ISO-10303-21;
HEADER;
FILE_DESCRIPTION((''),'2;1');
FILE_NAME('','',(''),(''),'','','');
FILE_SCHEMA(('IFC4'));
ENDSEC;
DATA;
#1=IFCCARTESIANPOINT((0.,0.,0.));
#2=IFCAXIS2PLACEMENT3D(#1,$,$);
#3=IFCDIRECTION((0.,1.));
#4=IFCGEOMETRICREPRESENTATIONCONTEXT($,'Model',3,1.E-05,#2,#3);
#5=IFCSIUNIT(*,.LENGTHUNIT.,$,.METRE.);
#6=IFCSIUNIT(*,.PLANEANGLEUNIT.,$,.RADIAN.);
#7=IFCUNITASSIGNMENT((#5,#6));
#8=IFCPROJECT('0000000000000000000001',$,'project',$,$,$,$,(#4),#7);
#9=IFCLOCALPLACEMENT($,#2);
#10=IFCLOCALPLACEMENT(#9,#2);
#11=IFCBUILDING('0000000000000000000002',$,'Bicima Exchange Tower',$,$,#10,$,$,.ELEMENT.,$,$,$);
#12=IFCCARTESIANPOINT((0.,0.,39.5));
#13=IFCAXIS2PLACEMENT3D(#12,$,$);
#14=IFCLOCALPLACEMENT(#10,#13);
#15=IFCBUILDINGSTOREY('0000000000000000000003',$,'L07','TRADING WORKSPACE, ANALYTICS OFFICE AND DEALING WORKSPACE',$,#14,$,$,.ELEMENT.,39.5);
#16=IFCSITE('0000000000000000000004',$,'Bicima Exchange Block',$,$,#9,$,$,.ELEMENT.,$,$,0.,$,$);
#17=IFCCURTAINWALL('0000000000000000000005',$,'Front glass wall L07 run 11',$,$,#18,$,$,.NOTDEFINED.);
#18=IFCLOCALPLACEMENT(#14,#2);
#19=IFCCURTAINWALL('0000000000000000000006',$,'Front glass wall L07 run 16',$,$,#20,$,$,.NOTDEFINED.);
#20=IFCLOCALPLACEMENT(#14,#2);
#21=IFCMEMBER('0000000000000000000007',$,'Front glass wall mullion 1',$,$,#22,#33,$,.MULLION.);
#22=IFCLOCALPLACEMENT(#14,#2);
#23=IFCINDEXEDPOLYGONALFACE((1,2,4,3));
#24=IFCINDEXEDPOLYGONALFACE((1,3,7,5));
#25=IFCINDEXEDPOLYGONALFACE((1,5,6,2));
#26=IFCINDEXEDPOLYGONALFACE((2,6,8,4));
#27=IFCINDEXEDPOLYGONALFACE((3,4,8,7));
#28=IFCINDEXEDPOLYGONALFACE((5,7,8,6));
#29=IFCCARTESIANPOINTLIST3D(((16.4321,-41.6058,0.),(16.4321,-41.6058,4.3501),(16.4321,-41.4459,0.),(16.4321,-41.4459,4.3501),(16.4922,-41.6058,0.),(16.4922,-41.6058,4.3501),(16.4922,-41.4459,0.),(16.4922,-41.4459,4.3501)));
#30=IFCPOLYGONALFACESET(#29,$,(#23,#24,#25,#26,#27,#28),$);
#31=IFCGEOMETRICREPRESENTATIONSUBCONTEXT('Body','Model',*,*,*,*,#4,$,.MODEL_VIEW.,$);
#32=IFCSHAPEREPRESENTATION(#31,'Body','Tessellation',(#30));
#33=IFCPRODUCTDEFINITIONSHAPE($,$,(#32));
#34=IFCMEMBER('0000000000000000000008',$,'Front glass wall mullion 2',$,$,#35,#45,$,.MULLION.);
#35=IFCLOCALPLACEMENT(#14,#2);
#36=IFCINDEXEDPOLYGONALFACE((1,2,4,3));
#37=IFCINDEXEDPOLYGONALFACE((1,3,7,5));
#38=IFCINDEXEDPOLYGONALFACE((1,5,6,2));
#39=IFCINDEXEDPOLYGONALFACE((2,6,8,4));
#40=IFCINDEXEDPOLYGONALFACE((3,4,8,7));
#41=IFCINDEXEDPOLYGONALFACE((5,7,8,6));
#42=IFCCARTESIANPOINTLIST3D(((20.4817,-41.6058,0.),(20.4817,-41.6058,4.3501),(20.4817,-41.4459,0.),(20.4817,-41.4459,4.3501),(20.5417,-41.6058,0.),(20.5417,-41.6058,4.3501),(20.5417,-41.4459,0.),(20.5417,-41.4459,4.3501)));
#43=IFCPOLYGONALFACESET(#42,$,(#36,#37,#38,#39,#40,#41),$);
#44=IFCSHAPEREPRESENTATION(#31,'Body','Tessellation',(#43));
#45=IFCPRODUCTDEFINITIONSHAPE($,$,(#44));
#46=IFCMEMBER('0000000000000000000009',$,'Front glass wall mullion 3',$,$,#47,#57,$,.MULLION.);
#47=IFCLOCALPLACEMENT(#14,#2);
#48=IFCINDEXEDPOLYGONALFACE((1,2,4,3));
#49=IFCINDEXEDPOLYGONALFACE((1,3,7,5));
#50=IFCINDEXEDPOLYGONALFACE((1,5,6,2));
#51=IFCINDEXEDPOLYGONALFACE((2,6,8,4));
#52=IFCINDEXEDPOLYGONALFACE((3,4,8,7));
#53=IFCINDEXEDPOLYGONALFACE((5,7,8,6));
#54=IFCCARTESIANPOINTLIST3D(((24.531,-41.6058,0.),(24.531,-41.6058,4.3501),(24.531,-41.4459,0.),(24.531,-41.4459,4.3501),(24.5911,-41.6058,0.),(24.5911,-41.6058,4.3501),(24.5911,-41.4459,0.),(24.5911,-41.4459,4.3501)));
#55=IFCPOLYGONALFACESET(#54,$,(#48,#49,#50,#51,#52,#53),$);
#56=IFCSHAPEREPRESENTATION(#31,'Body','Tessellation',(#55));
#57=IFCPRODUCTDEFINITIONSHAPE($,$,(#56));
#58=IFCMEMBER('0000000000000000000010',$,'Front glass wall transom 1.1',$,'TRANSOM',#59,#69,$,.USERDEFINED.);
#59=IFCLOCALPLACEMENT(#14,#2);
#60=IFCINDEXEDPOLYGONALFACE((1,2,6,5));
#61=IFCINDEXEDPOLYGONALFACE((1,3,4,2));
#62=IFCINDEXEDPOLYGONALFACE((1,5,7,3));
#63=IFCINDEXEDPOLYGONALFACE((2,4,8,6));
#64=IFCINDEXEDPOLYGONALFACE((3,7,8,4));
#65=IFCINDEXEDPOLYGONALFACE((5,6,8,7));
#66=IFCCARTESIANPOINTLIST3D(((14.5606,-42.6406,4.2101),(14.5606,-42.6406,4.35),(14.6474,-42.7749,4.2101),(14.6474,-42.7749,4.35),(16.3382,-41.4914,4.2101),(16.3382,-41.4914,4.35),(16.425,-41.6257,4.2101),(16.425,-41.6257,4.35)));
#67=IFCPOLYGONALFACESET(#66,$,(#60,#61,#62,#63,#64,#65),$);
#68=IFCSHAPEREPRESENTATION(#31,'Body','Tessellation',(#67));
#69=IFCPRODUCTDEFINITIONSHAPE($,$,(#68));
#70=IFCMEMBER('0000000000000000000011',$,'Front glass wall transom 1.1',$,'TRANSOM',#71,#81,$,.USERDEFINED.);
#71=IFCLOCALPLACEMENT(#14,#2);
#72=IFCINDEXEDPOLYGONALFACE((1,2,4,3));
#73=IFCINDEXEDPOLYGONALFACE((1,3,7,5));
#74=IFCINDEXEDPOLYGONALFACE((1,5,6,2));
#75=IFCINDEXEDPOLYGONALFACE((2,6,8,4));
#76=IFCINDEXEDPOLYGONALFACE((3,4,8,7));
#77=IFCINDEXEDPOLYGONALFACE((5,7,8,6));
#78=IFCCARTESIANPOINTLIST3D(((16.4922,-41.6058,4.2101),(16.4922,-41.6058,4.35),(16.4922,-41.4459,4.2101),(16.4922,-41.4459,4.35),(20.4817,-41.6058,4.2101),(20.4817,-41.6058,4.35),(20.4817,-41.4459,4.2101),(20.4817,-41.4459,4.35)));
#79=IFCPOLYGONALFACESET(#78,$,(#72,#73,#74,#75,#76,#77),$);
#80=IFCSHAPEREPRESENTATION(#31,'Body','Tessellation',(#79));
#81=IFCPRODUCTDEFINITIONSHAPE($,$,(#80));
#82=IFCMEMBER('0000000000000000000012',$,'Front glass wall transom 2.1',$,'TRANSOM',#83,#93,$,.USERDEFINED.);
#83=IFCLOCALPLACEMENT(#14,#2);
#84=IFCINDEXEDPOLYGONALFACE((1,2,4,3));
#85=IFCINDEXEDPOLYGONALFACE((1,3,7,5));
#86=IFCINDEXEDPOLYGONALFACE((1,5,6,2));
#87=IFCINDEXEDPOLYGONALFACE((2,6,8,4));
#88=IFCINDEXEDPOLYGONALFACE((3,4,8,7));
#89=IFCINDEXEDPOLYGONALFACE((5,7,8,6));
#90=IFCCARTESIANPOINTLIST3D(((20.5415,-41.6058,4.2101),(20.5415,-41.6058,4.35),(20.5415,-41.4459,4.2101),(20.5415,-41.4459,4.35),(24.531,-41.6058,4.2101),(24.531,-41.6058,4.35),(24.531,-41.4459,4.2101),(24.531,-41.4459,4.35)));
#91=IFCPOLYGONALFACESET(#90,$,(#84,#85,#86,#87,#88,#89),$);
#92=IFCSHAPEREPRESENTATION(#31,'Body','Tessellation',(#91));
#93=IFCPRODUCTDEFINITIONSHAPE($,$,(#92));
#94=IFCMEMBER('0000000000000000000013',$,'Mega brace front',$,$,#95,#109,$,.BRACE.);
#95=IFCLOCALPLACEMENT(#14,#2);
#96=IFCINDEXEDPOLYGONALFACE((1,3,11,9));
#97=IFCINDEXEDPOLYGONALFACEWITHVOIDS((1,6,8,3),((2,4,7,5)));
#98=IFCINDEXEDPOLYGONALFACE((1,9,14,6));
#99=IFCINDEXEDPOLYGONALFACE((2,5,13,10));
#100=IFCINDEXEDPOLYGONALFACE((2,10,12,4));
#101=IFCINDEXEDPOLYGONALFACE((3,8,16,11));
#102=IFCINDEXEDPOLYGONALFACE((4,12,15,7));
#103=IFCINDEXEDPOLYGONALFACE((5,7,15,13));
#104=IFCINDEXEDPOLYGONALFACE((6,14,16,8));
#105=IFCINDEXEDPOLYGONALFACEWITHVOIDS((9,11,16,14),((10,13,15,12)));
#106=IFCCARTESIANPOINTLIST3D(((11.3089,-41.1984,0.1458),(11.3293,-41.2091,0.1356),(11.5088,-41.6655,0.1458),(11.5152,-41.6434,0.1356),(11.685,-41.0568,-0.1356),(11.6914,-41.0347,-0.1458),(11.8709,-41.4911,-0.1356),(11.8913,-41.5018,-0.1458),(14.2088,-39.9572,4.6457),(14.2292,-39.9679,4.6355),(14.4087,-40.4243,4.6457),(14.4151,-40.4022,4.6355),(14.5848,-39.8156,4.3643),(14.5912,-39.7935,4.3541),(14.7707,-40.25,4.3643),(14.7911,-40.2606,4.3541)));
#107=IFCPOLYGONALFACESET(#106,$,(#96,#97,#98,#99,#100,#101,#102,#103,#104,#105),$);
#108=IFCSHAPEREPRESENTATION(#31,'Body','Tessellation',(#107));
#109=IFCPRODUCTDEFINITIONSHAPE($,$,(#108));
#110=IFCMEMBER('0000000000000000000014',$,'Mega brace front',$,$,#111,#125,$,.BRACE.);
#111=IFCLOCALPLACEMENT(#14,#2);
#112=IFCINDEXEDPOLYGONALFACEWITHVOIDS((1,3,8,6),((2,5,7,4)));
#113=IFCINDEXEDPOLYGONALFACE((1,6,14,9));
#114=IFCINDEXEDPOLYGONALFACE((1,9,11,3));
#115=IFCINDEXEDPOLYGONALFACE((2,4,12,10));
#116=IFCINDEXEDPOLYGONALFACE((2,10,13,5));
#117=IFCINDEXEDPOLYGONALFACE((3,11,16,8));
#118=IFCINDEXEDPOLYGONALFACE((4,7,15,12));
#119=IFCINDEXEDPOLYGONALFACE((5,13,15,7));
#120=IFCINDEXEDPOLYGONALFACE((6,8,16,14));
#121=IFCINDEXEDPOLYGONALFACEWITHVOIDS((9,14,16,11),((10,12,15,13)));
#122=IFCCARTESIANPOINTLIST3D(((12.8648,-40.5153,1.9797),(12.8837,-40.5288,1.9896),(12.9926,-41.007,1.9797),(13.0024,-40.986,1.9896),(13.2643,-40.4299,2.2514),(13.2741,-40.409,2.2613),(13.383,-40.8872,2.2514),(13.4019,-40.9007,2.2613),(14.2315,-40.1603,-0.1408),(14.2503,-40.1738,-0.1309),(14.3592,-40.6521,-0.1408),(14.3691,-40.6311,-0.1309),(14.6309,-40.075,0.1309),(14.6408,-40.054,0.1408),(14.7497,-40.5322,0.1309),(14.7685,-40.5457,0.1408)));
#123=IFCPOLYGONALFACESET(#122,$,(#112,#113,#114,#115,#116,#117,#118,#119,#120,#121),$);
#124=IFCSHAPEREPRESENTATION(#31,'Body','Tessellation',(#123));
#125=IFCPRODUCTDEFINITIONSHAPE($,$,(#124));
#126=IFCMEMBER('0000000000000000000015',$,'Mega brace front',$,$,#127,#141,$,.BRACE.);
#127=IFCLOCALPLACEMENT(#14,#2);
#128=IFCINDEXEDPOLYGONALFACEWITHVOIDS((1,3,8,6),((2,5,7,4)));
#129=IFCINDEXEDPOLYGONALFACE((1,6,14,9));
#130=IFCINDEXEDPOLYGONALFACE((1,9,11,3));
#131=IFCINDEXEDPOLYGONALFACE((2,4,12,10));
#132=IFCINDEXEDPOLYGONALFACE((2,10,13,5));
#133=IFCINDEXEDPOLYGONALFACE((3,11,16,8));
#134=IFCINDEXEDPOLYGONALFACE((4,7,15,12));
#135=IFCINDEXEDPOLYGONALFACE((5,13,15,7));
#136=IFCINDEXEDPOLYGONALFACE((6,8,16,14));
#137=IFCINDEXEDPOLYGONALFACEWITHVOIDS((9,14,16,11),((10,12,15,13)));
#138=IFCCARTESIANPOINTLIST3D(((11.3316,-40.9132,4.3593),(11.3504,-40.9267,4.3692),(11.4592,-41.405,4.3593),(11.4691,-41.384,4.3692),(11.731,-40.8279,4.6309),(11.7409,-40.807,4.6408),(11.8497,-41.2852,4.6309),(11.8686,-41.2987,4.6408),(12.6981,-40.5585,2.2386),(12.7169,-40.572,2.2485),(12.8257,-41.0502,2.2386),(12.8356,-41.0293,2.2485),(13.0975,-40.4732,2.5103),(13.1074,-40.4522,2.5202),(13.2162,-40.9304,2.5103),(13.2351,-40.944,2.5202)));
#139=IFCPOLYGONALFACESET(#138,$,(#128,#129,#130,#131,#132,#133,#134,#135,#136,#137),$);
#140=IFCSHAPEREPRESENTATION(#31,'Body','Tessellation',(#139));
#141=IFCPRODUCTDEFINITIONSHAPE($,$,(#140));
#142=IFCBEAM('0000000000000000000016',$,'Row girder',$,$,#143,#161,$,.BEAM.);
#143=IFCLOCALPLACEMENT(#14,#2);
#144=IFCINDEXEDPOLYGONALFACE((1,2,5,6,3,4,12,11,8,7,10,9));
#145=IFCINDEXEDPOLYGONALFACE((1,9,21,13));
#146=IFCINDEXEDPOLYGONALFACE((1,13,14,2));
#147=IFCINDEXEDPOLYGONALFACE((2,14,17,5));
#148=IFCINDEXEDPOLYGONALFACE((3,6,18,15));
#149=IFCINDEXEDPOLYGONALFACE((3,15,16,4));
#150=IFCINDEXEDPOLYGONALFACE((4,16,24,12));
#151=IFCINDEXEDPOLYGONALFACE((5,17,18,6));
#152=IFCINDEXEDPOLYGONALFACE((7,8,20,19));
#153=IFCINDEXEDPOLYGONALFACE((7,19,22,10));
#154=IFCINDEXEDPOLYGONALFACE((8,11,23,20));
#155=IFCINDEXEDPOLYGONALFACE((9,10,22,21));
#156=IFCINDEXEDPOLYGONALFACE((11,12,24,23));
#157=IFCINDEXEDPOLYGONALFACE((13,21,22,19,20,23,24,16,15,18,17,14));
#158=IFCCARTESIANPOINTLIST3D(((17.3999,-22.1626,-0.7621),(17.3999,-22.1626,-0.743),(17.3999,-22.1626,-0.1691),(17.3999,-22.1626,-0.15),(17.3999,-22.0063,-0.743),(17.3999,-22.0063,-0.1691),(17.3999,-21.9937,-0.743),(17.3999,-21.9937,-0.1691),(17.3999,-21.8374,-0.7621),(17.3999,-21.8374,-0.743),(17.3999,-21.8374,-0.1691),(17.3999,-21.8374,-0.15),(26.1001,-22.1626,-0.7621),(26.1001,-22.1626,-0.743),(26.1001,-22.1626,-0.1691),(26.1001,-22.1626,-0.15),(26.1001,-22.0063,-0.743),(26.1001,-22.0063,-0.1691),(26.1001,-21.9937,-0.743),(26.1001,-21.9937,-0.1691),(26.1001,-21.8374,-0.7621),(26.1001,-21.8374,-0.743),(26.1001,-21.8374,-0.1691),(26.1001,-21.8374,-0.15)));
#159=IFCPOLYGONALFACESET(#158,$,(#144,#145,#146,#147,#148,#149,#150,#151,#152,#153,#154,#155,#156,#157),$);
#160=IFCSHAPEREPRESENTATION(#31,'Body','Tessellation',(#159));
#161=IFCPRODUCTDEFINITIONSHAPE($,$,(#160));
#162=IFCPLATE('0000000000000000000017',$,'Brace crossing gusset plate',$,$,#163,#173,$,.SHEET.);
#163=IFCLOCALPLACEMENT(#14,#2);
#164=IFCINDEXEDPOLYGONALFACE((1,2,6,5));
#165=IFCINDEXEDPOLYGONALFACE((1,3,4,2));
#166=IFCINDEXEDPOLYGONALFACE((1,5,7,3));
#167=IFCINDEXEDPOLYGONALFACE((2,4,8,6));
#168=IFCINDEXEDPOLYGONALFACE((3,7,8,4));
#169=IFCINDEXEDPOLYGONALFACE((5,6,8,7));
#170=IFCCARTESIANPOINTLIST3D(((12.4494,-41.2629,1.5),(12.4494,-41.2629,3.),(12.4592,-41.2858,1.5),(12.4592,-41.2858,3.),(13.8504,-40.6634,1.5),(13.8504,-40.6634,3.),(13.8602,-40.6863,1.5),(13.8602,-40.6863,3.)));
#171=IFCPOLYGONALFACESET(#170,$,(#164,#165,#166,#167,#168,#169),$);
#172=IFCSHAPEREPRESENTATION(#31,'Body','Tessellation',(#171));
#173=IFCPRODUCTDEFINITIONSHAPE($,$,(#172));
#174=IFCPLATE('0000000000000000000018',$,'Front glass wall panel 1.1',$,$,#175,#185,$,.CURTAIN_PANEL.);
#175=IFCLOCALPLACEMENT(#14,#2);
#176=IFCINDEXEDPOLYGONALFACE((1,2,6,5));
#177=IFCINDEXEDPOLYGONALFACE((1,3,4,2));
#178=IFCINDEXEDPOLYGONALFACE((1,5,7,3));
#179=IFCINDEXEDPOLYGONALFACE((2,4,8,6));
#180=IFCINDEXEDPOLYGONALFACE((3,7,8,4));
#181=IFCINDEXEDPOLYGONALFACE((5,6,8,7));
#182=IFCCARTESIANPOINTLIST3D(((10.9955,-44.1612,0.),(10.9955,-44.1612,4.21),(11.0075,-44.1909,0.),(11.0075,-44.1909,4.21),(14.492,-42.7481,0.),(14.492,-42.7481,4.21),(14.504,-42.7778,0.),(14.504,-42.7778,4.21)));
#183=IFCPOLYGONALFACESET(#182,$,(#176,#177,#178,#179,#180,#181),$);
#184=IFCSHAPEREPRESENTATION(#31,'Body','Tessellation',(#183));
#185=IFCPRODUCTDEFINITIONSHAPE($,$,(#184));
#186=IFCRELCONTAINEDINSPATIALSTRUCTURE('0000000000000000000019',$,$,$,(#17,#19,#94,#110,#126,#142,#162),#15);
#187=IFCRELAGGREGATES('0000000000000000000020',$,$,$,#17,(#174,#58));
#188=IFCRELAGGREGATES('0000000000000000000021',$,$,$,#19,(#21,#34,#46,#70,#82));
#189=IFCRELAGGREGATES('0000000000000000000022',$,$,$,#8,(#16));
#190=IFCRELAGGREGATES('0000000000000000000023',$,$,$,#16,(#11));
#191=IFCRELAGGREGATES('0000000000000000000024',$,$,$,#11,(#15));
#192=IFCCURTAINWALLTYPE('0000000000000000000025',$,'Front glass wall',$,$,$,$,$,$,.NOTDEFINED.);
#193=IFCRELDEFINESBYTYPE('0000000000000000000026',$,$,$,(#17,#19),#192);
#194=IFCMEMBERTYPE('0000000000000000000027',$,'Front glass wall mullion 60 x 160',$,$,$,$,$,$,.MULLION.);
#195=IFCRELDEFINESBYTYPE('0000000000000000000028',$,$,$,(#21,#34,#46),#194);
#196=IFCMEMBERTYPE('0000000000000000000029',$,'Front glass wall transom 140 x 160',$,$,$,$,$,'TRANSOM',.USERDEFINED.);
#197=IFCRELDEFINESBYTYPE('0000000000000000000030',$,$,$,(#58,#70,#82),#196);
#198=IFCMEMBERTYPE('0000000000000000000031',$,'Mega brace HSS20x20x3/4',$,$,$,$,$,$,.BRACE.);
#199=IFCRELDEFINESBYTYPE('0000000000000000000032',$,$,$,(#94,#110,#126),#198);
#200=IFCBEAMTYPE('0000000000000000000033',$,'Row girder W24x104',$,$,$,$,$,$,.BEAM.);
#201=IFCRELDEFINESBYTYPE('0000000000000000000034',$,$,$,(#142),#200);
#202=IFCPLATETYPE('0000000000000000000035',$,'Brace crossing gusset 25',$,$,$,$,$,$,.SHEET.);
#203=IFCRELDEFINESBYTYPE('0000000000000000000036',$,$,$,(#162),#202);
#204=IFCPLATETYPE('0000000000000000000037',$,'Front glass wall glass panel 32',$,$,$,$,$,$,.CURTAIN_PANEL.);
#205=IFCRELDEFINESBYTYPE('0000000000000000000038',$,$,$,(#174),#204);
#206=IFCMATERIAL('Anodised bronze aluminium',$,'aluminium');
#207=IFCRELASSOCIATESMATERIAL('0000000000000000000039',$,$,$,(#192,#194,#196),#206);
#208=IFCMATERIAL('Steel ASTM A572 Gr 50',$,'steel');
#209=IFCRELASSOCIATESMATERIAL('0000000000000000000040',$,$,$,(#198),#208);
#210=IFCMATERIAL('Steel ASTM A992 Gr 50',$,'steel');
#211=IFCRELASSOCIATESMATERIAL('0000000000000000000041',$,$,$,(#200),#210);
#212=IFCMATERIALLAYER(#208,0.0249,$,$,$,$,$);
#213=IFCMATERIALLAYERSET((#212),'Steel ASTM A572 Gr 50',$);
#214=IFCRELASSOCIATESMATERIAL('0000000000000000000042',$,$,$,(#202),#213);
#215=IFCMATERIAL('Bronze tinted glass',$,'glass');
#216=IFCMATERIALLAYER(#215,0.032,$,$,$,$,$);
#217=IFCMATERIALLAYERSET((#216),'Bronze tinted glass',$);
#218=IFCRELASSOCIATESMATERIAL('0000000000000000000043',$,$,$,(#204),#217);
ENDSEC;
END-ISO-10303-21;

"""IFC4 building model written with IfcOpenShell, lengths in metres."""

from ifc_helpers import new_model, si_unit, direction, frame, origin, origin_2d, place, context, subcontext, project, spatial, rectangle, hollow_rectangle, i_section, extrude, material, layer, layer_set, material_profile, profile_set, type_object, element, aggregate, save


model = new_model("IFC4")

# Units and contexts
model_context = context("Model", 3, precision=1e-05, world=origin(), true_north=direction((0.0, 1.0)))
body_context = subcontext(model_context, "Body", "Model", "MODEL_VIEW")
ifc_project = project(units=[si_unit("LENGTHUNIT", "METRE"), si_unit("PLANEANGLEUNIT", "RADIAN")], contexts=[model_context])

# Site, building, storey
site_placement = place(None, origin())
site = spatial("IfcSite", under=ifc_project, at=site_placement, Name="Bicima Exchange Block", CompositionType="ELEMENT", RefElevation=0.0)
building_placement = place(site_placement, origin())
building = spatial("IfcBuilding", under=site, at=building_placement, Name="Bicima Exchange Tower", CompositionType="ELEMENT")
storey_placement = place(building_placement, frame((0.0, 0.0, 39.5)))
storey = spatial("IfcBuildingStorey", under=building, at=storey_placement, Name="L07", Description="TRADING WORKSPACE, ANALYTICS OFFICE AND DEALING WORKSPACE", CompositionType="ELEMENT", Elevation=39.5)

# Shared definitions
ifc_material_1 = material(Name="Steel ASTM A992 Gr 50", Category="steel")

# Shared definitions
ifc_material_profile_1 = material_profile(ifc_material_1, i_section(OverallWidth=0.3252, OverallDepth=0.6121, WebThickness=0.0127, FlangeThickness=0.019, at=origin_2d()))
ifc_profile_set_1 = profile_set([ifc_material_profile_1], Name="Steel ASTM A992 Gr 50")

# Curtain walls, members
ifc_material_2 = material(Name="Anodised bronze aluminium", Category="aluminium")
curtain_wall_type = type_object("IfcCurtainWallType", Name="Front glass wall", PredefinedType="NOTDEFINED", material=ifc_material_2)
curtain_wall_1_placement = place(storey_placement, origin())
curtain_wall_1 = element("IfcCurtainWall", 1, at=curtain_wall_1_placement, inside=storey, type_object=curtain_wall_type, Name="Front glass wall L07 run 11", PredefinedType="NOTDEFINED")
ifc_material_profile_2 = material_profile(ifc_material_2, rectangle(XDim=0.1599, YDim=0.0601, at=origin_2d()))
ifc_profile_set_2 = profile_set([ifc_material_profile_2], Name="Anodised bronze aluminium")
member_type_1 = type_object("IfcMemberType", Name="Front glass wall mullion 60 x 160", PredefinedType="MULLION", material=ifc_profile_set_2)
curtain_wall_2_placement = place(storey_placement, origin())
curtain_wall_2 = element("IfcCurtainWall", 2, at=curtain_wall_2_placement, inside=storey, type_object=curtain_wall_type, Name="Front glass wall L07 run 16", PredefinedType="NOTDEFINED")
member_1_placement = place(storey_placement, frame((16.4622, -41.5259, 0.0), z_axis=(0.0, 0.0, 1.0), x_axis=(0.0, 1.0, 0.0)))
member_1 = element("IfcMember", 3, at=member_1_placement, type_object=member_type_1, Name="Front glass wall mullion 1", PredefinedType="MULLION", context=body_context, shape_type="SweptSolid", body=[
    extrude(rectangle(XDim=0.1599, YDim=0.0601, at=origin_2d()), origin(), (0.0, 0.0, 1.0), 4.3501),
])
member_2_placement = place(storey_placement, frame((20.5117, -41.5259, 0.0), z_axis=(0.0, 0.0, 1.0), x_axis=(0.0, 1.0, 0.0)))
member_2 = element("IfcMember", 4, at=member_2_placement, type_object=member_type_1, Name="Front glass wall mullion 2", PredefinedType="MULLION", context=body_context, shape_type="SweptSolid", body=[
    extrude(rectangle(XDim=0.1599, YDim=0.0601, at=origin_2d()), origin(), (0.0, 0.0, 1.0), 4.3501),
])
member_3_placement = place(storey_placement, frame((24.561, -41.5259, 0.0), z_axis=(0.0, 0.0, 1.0), x_axis=(0.0, 1.0, 0.0)))
member_3 = element("IfcMember", 5, at=member_3_placement, type_object=member_type_1, Name="Front glass wall mullion 3", PredefinedType="MULLION", context=body_context, shape_type="SweptSolid", body=[
    extrude(rectangle(XDim=0.1599, YDim=0.0601, at=origin_2d()), origin(), (0.0, 0.0, 1.0), 4.3501),
])

# Members
ifc_material_profile_3 = material_profile(ifc_material_2, rectangle(XDim=0.1599, YDim=0.1399, at=origin_2d()))
ifc_profile_set_3 = profile_set([ifc_material_profile_3], Name="Anodised bronze aluminium")
member_type_2 = type_object("IfcMemberType", Name="Front glass wall transom 140 x 160", ElementType="TRANSOM", PredefinedType="USERDEFINED", material=ifc_profile_set_3)
member_4_placement = place(storey_placement, frame((14.604, -42.7078, 4.28), z_axis=(0.839793, 0.542907, 0.0), x_axis=(-0.542907, 0.839793, 0.0)))
member_4 = element("IfcMember", 6, at=member_4_placement, type_object=member_type_2, Name="Front glass wall transom 1.1", ObjectType="TRANSOM", PredefinedType="USERDEFINED", context=body_context, shape_type="SweptSolid", body=[
    extrude(rectangle(XDim=0.1599, YDim=0.1399, at=origin_2d()), origin(), (0.0, 0.0, 1.0), 2.1167),
])
member_5_placement = place(storey_placement, frame((16.4922, -41.5259, 4.28), z_axis=(1.0, 0.0, 0.0), x_axis=(0.0, 1.0, 0.0)))
member_5 = element("IfcMember", 7, at=member_5_placement, type_object=member_type_2, Name="Front glass wall transom 1.1", ObjectType="TRANSOM", PredefinedType="USERDEFINED", context=body_context, shape_type="SweptSolid", body=[
    extrude(rectangle(XDim=0.1599, YDim=0.1399, at=origin_2d()), origin(), (0.0, 0.0, 1.0), 3.9895),
])
member_6_placement = place(storey_placement, frame((20.5415, -41.5259, 4.28), z_axis=(1.0, 0.0, 0.0), x_axis=(0.0, 1.0, 0.0)))
member_6 = element("IfcMember", 8, at=member_6_placement, type_object=member_type_2, Name="Front glass wall transom 2.1", ObjectType="TRANSOM", PredefinedType="USERDEFINED", context=body_context, shape_type="SweptSolid", body=[
    extrude(rectangle(XDim=0.1599, YDim=0.1399, at=origin_2d()), origin(), (0.0, 0.0, 1.0), 3.9895),
])

# Members
ifc_material_3 = material(Name="Steel ASTM A572 Gr 50", Category="steel")
ifc_material_profile_4 = material_profile(ifc_material_3, hollow_rectangle(XDim=0.5081, YDim=0.5081, WallThickness=0.0178, at=origin_2d()))
ifc_profile_set_4 = profile_set([ifc_material_profile_4], Name="Steel ASTM A572 Gr 50")
member_type_3 = type_object("IfcMemberType", Name="Mega brace HSS20x20x3/4", PredefinedType="BRACE", material=ifc_profile_set_4)
member_7_placement = place(storey_placement, frame((11.6001, -41.3501, 0.0), z_axis=(0.527691, 0.225861, 0.818858), x_axis=(-0.39349, 0.919329, 0.0)))
element("IfcMember", 9, at=member_7_placement, inside=storey, type_object=member_type_3, Name="Mega brace front", PredefinedType="BRACE", context=body_context, shape_type="SweptSolid", body=[
    extrude(hollow_rectangle(XDim=0.5081, YDim=0.5081, WallThickness=0.0178, at=origin_2d()), origin(), (0.0, 0.0, 1.0), 5.4954),
])
for number, where, z_axis, x_axis, name in (
    (10, (14.5, -40.353, 0.0), (-0.536441, -0.139333, 0.832356), (0.251394, -0.967885, 0.0), "Mega brace front"),
    (11, (12.9666, -40.7512, 2.3794), (-0.53638, -0.139246, 0.83241), (0.251274, -0.967916, 0.0), "Mega brace front"),
):
    element("IfcMember", number, at=place(storey_placement, frame(where, z_axis=z_axis, x_axis=x_axis)), inside=storey, type_object=member_type_3, Name=name, PredefinedType="BRACE", context=body_context, shape_type="SweptSolid", body=[
        extrude(hollow_rectangle(XDim=0.5081, YDim=0.5081, WallThickness=0.0178, at=origin_2d()), origin(), (0.0, 0.0, 1.0), 2.5476),
    ])

# Beam
beam_type_1 = type_object("IfcBeamType", Name="Row girder W24x104", PredefinedType="BEAM", material=ifc_profile_set_1)
beam_1_placement = place(storey_placement, frame((17.3999, -22.0, -0.4561), z_axis=(1.0, 0.0, 0.0), x_axis=(0.0, 1.0, 0.0)))
element("IfcBeam", 12, at=beam_1_placement, inside=storey, type_object=beam_type_1, Name="Row girder", PredefinedType="BEAM", context=body_context, shape_type="SweptSolid", body=[
    extrude(i_section(OverallWidth=0.3252, OverallDepth=0.6121, WebThickness=0.0127, FlangeThickness=0.019, at=origin_2d()), origin(), (0.0, 0.0, 1.0), 8.7002),
])

# Plates
ifc_layer_1 = layer(ifc_material_3, 0.0249)
ifc_layer_set_1 = layer_set([ifc_layer_1], Name="Steel ASTM A572 Gr 50")
plate_type_1 = type_object("IfcPlateType", Name="Brace crossing gusset 25", PredefinedType="SHEET", material=ifc_layer_set_1)
plate_1_placement = place(storey_placement, frame((13.1548, -40.9746, 1.5), z_axis=(0.0, 0.0, 1.0), x_axis=(0.919355, 0.393429, 0.0)))
element("IfcPlate", 13, at=plate_1_placement, inside=storey, type_object=plate_type_1, Name="Brace crossing gusset plate", PredefinedType="SHEET", context=body_context, shape_type="SweptSolid", body=[
    extrude(rectangle(XDim=1.5239, YDim=0.0249, at=origin_2d()), origin(), (0.0, 0.0, 1.0), 1.5),
])
ifc_material_4 = material(Name="Bronze tinted glass", Category="glass")
ifc_layer_2 = layer(ifc_material_4, 0.032)
ifc_layer_set_2 = layer_set([ifc_layer_2], Name="Bronze tinted glass")
plate_type_2 = type_object("IfcPlateType", Name="Front glass wall glass panel 32", PredefinedType="CURTAIN_PANEL", material=ifc_layer_set_2)
plate_2_placement = place(storey_placement, frame((12.7498, -43.4695, 0.0), z_axis=(0.0, 0.0, 1.0), x_axis=(0.927144, 0.374705, 0.0)))
plate_2 = element("IfcPlate", 14, at=plate_2_placement, type_object=plate_type_2, Name="Front glass wall panel 1.1", PredefinedType="CURTAIN_PANEL", context=body_context, shape_type="SweptSolid", body=[
    extrude(rectangle(XDim=3.7712, YDim=0.032, at=origin_2d()), origin(), (0.0, 0.0, 1.0), 4.21),
])
aggregate(curtain_wall_1, [plate_2, member_4])
aggregate(curtain_wall_2, [member_1, member_2, member_3, member_5, member_6])

save(model, "model.ifc")
